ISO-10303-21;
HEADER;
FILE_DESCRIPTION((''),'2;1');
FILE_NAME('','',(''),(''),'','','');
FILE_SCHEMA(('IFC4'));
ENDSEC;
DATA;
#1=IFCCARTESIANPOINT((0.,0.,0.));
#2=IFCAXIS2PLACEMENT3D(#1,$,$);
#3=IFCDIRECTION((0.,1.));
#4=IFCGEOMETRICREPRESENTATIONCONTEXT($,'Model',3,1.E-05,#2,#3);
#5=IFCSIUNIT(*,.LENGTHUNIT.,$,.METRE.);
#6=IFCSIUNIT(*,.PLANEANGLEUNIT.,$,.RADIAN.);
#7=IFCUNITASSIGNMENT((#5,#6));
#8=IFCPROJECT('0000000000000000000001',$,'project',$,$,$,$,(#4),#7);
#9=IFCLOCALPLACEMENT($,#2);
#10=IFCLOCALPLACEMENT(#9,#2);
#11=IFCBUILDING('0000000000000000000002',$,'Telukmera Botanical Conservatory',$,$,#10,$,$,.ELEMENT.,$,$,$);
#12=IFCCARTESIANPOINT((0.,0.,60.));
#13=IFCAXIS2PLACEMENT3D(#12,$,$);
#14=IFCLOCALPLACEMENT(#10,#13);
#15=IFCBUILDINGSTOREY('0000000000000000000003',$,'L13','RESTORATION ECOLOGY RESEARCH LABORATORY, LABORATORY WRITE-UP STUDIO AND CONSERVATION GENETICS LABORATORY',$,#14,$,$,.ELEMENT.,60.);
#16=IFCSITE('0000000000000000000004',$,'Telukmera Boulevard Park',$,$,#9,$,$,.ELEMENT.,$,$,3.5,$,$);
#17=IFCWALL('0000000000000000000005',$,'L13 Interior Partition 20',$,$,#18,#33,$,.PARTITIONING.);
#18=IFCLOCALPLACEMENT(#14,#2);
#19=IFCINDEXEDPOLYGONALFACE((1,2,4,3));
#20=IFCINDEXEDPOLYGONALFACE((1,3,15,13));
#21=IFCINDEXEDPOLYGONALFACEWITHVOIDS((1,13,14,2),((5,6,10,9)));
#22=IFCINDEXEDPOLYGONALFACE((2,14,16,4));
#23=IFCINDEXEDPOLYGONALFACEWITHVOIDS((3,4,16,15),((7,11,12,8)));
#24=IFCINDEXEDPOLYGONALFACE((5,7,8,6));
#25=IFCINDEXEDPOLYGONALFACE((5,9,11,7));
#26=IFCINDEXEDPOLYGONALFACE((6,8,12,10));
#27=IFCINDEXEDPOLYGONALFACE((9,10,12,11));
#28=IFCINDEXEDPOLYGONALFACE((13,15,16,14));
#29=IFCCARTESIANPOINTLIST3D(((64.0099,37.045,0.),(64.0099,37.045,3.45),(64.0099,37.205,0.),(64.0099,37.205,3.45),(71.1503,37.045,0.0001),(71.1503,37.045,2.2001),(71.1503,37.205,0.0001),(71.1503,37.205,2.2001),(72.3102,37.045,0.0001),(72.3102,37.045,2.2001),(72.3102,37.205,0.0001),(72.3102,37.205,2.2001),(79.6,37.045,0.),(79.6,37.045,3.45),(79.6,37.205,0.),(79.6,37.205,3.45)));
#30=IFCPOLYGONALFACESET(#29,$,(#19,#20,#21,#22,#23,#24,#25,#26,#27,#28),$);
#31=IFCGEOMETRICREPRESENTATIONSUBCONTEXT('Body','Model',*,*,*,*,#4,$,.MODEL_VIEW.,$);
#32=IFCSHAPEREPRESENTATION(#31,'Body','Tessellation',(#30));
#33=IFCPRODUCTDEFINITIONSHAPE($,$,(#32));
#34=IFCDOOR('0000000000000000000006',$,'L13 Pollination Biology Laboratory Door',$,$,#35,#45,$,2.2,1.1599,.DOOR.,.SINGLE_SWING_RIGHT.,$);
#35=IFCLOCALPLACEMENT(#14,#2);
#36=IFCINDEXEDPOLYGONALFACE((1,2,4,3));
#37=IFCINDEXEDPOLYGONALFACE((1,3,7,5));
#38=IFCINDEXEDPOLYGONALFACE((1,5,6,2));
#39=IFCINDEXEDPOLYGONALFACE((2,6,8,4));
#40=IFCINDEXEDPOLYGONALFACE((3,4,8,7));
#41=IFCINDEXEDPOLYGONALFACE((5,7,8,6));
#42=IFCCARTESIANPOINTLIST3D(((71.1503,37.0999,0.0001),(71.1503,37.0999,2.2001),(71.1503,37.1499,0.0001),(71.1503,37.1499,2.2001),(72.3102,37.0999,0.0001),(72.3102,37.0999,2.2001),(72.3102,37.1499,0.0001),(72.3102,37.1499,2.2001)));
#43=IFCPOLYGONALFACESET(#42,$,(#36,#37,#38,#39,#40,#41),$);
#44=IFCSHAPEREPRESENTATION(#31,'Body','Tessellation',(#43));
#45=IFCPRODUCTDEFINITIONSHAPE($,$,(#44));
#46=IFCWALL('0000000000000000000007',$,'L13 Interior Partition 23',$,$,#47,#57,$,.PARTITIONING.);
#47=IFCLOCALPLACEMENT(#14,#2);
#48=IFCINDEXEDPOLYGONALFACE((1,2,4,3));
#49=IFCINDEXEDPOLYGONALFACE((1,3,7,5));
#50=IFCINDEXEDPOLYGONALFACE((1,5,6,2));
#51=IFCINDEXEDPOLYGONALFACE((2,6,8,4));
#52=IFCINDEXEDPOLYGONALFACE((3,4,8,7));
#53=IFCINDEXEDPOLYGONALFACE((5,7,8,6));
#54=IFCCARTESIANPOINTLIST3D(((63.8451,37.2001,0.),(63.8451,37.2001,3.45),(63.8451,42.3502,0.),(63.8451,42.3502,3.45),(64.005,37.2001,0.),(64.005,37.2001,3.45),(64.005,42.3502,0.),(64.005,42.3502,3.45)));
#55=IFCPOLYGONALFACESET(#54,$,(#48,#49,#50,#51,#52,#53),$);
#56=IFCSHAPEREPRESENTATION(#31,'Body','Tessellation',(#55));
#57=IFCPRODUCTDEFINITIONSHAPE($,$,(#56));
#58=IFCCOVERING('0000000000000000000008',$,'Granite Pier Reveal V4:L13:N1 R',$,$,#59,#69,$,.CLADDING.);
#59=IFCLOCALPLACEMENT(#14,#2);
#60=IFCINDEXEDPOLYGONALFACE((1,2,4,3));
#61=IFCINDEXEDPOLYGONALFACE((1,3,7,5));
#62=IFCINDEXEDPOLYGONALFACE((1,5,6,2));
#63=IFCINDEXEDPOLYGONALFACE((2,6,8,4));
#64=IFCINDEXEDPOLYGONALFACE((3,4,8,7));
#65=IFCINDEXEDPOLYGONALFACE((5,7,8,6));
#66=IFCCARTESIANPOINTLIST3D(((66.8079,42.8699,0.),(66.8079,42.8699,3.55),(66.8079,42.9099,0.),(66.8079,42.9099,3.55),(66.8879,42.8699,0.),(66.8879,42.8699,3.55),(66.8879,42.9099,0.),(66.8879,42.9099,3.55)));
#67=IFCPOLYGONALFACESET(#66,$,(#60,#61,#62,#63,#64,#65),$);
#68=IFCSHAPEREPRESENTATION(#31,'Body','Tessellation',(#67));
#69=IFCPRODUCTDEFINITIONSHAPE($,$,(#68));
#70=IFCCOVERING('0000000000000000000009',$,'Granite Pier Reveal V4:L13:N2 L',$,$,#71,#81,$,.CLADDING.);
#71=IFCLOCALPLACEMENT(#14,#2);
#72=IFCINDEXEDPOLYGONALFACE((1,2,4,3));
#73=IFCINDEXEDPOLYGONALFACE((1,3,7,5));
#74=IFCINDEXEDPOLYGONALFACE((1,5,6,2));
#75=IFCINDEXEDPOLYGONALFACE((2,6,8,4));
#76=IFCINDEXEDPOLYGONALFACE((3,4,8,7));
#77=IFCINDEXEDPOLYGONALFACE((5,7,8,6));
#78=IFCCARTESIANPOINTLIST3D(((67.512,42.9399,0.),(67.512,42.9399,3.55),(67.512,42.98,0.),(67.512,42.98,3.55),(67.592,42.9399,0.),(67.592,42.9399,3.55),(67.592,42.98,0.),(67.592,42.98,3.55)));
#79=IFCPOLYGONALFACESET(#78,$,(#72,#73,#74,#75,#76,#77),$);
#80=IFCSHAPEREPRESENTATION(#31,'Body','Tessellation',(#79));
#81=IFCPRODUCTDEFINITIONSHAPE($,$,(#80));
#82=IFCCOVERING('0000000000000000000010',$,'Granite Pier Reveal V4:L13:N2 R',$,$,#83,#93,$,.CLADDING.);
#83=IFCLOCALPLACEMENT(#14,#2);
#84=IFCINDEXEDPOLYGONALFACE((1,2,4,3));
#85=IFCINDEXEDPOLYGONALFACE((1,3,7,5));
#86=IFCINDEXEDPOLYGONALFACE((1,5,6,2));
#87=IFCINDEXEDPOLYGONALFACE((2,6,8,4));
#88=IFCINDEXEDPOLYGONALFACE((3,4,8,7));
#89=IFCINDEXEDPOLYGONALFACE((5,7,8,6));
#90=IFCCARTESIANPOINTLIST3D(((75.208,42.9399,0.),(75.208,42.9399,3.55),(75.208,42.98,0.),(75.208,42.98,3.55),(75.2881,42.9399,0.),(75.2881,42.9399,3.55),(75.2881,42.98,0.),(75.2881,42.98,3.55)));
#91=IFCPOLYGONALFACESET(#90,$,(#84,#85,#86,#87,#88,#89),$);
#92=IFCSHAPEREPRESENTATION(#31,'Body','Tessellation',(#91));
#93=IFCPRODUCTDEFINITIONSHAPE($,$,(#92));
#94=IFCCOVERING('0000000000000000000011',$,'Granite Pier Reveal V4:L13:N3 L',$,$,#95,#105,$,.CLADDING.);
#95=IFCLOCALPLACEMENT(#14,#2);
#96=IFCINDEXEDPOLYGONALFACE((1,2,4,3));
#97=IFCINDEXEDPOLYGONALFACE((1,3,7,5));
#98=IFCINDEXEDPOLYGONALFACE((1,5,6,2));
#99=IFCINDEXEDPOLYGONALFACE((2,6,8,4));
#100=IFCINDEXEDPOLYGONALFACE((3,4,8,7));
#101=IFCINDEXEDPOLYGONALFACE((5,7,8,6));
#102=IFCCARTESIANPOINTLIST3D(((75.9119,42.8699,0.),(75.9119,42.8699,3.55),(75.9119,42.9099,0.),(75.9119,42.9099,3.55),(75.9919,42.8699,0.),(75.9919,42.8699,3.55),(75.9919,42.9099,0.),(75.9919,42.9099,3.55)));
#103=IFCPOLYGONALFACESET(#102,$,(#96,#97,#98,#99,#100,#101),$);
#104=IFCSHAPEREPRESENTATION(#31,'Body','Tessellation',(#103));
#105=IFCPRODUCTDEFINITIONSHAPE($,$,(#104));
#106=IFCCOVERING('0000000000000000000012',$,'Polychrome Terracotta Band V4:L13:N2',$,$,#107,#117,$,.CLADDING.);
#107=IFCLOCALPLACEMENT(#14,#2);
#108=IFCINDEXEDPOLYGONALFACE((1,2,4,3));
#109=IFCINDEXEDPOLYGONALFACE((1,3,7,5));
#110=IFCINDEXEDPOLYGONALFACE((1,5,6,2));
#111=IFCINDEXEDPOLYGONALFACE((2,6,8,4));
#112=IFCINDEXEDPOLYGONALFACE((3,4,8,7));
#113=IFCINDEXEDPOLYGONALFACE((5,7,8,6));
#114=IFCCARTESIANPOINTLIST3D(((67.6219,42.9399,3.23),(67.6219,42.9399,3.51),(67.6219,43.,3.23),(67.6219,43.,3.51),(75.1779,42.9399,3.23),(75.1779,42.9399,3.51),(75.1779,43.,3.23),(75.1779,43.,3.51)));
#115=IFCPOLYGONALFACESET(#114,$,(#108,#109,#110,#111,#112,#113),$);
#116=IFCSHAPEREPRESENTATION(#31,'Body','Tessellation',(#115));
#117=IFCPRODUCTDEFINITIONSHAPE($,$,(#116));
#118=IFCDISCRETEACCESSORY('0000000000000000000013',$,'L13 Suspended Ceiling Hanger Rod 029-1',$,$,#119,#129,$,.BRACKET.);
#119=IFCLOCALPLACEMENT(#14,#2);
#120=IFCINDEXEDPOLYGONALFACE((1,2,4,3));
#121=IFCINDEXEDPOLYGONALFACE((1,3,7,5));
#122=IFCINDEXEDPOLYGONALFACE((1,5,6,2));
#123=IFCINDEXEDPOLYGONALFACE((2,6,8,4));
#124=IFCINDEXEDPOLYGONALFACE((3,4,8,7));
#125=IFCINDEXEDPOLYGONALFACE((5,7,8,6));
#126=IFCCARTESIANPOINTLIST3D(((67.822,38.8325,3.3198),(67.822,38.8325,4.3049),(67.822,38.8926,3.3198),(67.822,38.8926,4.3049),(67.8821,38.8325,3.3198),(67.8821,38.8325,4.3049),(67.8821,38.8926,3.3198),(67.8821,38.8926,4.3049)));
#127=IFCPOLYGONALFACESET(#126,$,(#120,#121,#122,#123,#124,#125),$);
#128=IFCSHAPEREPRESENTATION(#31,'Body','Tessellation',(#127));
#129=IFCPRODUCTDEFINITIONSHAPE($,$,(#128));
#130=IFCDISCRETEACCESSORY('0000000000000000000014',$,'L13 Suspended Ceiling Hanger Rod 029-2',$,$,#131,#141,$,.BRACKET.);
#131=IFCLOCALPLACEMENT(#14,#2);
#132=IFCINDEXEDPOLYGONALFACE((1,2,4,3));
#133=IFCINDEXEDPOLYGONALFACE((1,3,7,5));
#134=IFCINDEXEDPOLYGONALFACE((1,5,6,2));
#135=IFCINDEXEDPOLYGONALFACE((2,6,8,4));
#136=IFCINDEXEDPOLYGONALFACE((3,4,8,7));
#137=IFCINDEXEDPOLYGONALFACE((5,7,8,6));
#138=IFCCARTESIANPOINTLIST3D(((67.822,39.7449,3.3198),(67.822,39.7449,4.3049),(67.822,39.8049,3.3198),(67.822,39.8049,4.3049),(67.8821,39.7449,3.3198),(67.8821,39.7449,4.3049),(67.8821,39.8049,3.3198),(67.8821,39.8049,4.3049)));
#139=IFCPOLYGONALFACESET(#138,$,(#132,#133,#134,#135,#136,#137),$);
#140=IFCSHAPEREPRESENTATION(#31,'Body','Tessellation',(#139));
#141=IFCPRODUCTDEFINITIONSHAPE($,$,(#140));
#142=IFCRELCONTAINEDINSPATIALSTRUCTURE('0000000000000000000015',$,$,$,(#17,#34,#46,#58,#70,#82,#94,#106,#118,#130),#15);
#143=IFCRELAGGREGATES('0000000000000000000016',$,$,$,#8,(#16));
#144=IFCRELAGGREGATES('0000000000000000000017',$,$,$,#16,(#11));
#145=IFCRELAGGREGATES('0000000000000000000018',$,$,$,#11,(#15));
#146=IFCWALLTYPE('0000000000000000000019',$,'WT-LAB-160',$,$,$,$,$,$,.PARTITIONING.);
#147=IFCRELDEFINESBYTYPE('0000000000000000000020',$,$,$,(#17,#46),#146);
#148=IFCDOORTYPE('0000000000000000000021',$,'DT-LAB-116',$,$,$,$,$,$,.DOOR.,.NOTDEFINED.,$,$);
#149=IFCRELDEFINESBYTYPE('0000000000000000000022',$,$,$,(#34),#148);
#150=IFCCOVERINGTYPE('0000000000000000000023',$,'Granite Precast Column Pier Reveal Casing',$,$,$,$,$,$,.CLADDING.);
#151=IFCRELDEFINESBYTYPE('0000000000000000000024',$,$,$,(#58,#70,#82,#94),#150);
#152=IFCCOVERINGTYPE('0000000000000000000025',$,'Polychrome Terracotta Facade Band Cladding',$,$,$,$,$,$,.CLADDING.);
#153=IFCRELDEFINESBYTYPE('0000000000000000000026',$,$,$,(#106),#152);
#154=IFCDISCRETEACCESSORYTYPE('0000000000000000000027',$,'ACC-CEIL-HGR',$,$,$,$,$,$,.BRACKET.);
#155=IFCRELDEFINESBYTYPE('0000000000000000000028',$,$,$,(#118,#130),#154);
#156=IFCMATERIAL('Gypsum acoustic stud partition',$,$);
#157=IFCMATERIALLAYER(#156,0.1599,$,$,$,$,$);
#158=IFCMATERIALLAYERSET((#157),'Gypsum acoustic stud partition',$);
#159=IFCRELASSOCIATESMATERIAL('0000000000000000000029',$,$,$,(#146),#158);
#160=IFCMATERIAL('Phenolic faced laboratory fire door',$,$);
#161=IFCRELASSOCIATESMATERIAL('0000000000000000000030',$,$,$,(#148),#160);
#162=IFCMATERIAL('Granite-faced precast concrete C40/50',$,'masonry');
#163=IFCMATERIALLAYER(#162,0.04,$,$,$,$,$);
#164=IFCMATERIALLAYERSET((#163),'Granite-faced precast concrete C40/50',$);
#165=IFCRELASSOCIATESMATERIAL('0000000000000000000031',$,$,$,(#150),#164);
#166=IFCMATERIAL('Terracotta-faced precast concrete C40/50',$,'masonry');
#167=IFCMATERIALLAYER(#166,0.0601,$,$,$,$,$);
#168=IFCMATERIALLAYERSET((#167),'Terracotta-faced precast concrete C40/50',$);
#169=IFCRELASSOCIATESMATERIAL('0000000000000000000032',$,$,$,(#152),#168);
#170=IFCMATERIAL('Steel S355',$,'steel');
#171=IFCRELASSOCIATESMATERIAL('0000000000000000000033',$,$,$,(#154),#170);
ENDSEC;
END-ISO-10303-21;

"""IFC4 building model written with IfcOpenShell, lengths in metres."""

from ifc_helpers import new_model, si_unit, direction, frame, frame_2d, origin, origin_2d, place, context, subcontext, project, spatial, rectangle, extrude, material, layer, layer_set, type_object, element, fill, save


model = new_model("IFC4")

# Units and contexts
model_context = context("Model", 3, precision=1e-05, world=origin(), true_north=direction((0.0, 1.0)))
body_context = subcontext(model_context, "Body", "Model", "MODEL_VIEW")
ifc_project = project(units=[si_unit("LENGTHUNIT", "METRE"), si_unit("PLANEANGLEUNIT", "RADIAN")], contexts=[model_context])

# Site, building, storey
site_placement = place(None, origin())
site = spatial("IfcSite", under=ifc_project, at=site_placement, Name="Telukmera Boulevard Park", CompositionType="ELEMENT", RefElevation=3.5)
building_placement = place(site_placement, origin())
building = spatial("IfcBuilding", under=site, at=building_placement, Name="Telukmera Botanical Conservatory", CompositionType="ELEMENT")
storey_placement = place(building_placement, frame((0.0, 0.0, 60.0)))
storey = spatial("IfcBuildingStorey", under=building, at=storey_placement, Name="L13", Description="RESTORATION ECOLOGY RESEARCH LABORATORY, LABORATORY WRITE-UP STUDIO AND CONSERVATION GENETICS LABORATORY", CompositionType="ELEMENT", Elevation=60.0)

# Wall, opening, door
ifc_material_1 = material(Name="Gypsum acoustic stud partition")
ifc_layer_1 = layer(ifc_material_1, 0.1599)
ifc_layer_set_1 = layer_set([ifc_layer_1], Name="Gypsum acoustic stud partition")
wall_type_1 = type_object("IfcWallType", Name="WT-LAB-160", PredefinedType="PARTITIONING", material=ifc_layer_set_1)
wall_1_placement = place(storey_placement, frame((64.01, 37.125, 0.0), z_axis=(0.0, 0.0, 1.0), x_axis=(1.0, 0.0, 0.0)))
wall_1 = element("IfcWall", 1, at=wall_1_placement, inside=storey, type_object=wall_type_1, Name="L13 Interior Partition 20", PredefinedType="PARTITIONING", context=body_context, shape_type="SweptSolid", body=[
    extrude(rectangle(XDim=15.5901, YDim=0.1599, at=frame_2d((7.7949, 0.0))), origin(), (0.0, 0.0, 1.0), 3.45),
])
opening_1_placement = place(wall_1_placement, frame((7.1401, 0.0, 0.0)))
opening_1 = element("IfcOpeningElement", 2, at=opening_1_placement, cuts=wall_1, PredefinedType="OPENING", context=body_context, shape_type="SweptSolid", body=[
    extrude(rectangle(XDim=1.1599, YDim=2.2, at=frame_2d((0.5801, 1.1001))), frame((0.0, 0.0898, 0.0), z_axis=(0.0, -1.0, 0.0), x_axis=(1.0, 0.0, 0.0)), (0.0, 0.0, 1.0), 0.1799),
])
ifc_material_2 = material(Name="Phenolic faced laboratory fire door")
door_type = type_object("IfcDoorType", Name="DT-LAB-116", OperationType="NOTDEFINED", PredefinedType="DOOR", material=ifc_material_2)
door_placement = place(opening_1_placement, origin())
door = element("IfcDoor", 3, at=door_placement, inside=storey, type_object=door_type, Name="L13 Pollination Biology Laboratory Door", OperationType="SINGLE_SWING_RIGHT", OverallHeight=2.2, OverallWidth=1.1599, PredefinedType="DOOR", context=body_context, shape_type="SweptSolid", body=[
    extrude(rectangle(XDim=1.1599, YDim=2.2, at=frame_2d((0.5801, 1.1001))), frame((0.0, 0.0249, 0.0), z_axis=(0.0, -1.0, 0.0), x_axis=(1.0, 0.0, 0.0)), (0.0, 0.0, 1.0), 0.05),
])
fill(opening_1, door)

# Wall
wall_2_placement = place(storey_placement, frame((63.925, 37.2, 0.0), z_axis=(0.0, 0.0, 1.0), x_axis=(0.0, 1.0, 0.0)))
element("IfcWall", 4, at=wall_2_placement, inside=storey, type_object=wall_type_1, Name="L13 Interior Partition 23", PredefinedType="PARTITIONING", context=body_context, shape_type="SweptSolid", body=[
    extrude(rectangle(XDim=5.1501, YDim=0.1599, at=frame_2d((2.5752, 0.0))), origin(), (0.0, 0.0, 1.0), 3.45),
])

# Coverings
ifc_material_3 = material(Name="Granite-faced precast concrete C40/50", Category="masonry")
ifc_layer_2 = layer(ifc_material_3, 0.04)
ifc_layer_set_2 = layer_set([ifc_layer_2], Name="Granite-faced precast concrete C40/50")
covering_type_1 = type_object("IfcCoveringType", Name="Granite Precast Column Pier Reveal Casing", PredefinedType="CLADDING", material=ifc_layer_set_2)
for number, where, z_axis, x_axis, name in (
    (5, (66.8479, 42.8899, 0.0), (0.0, 0.0, 1.0), (1.0, 0.0, 0.0), "Granite Pier Reveal V4:L13:N1 R"),
    (6, (67.552, 42.96, 0.0), (0.0, 0.0, 1.0), (1.0, 0.0, 0.0), "Granite Pier Reveal V4:L13:N2 L"),
    (7, (75.248, 42.96, 0.0), (0.0, 0.0, 1.0), (1.0, 0.0, 0.0), "Granite Pier Reveal V4:L13:N2 R"),
    (8, (75.9519, 42.8899, 0.0), (0.0, 0.0, 1.0), (1.0, 0.0, 0.0), "Granite Pier Reveal V4:L13:N3 L"),
):
    element("IfcCovering", number, at=place(storey_placement, frame(where, z_axis=z_axis, x_axis=x_axis)), inside=storey, type_object=covering_type_1, Name=name, PredefinedType="CLADDING", context=body_context, shape_type="SweptSolid", body=[
        extrude(rectangle(XDim=0.0801, YDim=0.04, at=origin_2d()), origin(), (0.0, 0.0, 1.0), 3.55),
    ])
ifc_material_4 = material(Name="Terracotta-faced precast concrete C40/50", Category="masonry")
ifc_layer_3 = layer(ifc_material_4, 0.0601)
ifc_layer_set_3 = layer_set([ifc_layer_3], Name="Terracotta-faced precast concrete C40/50")
covering_type_2 = type_object("IfcCoveringType", Name="Polychrome Terracotta Facade Band Cladding", PredefinedType="CLADDING", material=ifc_layer_set_3)
covering_placement = place(storey_placement, frame((71.3999, 42.97, 3.23), z_axis=(0.0, 0.0, 1.0), x_axis=(1.0, 0.0, 0.0)))
element("IfcCovering", 9, at=covering_placement, inside=storey, type_object=covering_type_2, Name="Polychrome Terracotta Band V4:L13:N2", PredefinedType="CLADDING", context=body_context, shape_type="SweptSolid", body=[
    extrude(rectangle(XDim=7.5559, YDim=0.0601, at=origin_2d()), origin(), (0.0, 0.0, 1.0), 0.28),
])

# Discrete accessories
ifc_material_5 = material(Name="Steel S355", Category="steel")
discrete_accessory_type = type_object("IfcDiscreteAccessoryType", Name="ACC-CEIL-HGR", PredefinedType="BRACKET", material=ifc_material_5)
for number, where, z_axis, x_axis, name in (
    (10, (67.8521, 38.8625, 3.3198), (0.0, 0.0, 1.0), (1.0, 0.0, 0.0), "L13 Suspended Ceiling Hanger Rod 029-1"),
    (11, (67.8521, 39.7749, 3.3198), (0.0, 0.0, 1.0), (1.0, 0.0, 0.0), "L13 Suspended Ceiling Hanger Rod 029-2"),
):
    element("IfcDiscreteAccessory", number, at=place(storey_placement, frame(where, z_axis=z_axis, x_axis=x_axis)), inside=storey, type_object=discrete_accessory_type, Name=name, PredefinedType="BRACKET", context=body_context, shape_type="SweptSolid", body=[
        extrude(rectangle(XDim=0.0601, YDim=0.0601, at=origin_2d()), origin(), (0.0, 0.0, 1.0), 0.9851),
    ])

save(model, "model.ifc")
